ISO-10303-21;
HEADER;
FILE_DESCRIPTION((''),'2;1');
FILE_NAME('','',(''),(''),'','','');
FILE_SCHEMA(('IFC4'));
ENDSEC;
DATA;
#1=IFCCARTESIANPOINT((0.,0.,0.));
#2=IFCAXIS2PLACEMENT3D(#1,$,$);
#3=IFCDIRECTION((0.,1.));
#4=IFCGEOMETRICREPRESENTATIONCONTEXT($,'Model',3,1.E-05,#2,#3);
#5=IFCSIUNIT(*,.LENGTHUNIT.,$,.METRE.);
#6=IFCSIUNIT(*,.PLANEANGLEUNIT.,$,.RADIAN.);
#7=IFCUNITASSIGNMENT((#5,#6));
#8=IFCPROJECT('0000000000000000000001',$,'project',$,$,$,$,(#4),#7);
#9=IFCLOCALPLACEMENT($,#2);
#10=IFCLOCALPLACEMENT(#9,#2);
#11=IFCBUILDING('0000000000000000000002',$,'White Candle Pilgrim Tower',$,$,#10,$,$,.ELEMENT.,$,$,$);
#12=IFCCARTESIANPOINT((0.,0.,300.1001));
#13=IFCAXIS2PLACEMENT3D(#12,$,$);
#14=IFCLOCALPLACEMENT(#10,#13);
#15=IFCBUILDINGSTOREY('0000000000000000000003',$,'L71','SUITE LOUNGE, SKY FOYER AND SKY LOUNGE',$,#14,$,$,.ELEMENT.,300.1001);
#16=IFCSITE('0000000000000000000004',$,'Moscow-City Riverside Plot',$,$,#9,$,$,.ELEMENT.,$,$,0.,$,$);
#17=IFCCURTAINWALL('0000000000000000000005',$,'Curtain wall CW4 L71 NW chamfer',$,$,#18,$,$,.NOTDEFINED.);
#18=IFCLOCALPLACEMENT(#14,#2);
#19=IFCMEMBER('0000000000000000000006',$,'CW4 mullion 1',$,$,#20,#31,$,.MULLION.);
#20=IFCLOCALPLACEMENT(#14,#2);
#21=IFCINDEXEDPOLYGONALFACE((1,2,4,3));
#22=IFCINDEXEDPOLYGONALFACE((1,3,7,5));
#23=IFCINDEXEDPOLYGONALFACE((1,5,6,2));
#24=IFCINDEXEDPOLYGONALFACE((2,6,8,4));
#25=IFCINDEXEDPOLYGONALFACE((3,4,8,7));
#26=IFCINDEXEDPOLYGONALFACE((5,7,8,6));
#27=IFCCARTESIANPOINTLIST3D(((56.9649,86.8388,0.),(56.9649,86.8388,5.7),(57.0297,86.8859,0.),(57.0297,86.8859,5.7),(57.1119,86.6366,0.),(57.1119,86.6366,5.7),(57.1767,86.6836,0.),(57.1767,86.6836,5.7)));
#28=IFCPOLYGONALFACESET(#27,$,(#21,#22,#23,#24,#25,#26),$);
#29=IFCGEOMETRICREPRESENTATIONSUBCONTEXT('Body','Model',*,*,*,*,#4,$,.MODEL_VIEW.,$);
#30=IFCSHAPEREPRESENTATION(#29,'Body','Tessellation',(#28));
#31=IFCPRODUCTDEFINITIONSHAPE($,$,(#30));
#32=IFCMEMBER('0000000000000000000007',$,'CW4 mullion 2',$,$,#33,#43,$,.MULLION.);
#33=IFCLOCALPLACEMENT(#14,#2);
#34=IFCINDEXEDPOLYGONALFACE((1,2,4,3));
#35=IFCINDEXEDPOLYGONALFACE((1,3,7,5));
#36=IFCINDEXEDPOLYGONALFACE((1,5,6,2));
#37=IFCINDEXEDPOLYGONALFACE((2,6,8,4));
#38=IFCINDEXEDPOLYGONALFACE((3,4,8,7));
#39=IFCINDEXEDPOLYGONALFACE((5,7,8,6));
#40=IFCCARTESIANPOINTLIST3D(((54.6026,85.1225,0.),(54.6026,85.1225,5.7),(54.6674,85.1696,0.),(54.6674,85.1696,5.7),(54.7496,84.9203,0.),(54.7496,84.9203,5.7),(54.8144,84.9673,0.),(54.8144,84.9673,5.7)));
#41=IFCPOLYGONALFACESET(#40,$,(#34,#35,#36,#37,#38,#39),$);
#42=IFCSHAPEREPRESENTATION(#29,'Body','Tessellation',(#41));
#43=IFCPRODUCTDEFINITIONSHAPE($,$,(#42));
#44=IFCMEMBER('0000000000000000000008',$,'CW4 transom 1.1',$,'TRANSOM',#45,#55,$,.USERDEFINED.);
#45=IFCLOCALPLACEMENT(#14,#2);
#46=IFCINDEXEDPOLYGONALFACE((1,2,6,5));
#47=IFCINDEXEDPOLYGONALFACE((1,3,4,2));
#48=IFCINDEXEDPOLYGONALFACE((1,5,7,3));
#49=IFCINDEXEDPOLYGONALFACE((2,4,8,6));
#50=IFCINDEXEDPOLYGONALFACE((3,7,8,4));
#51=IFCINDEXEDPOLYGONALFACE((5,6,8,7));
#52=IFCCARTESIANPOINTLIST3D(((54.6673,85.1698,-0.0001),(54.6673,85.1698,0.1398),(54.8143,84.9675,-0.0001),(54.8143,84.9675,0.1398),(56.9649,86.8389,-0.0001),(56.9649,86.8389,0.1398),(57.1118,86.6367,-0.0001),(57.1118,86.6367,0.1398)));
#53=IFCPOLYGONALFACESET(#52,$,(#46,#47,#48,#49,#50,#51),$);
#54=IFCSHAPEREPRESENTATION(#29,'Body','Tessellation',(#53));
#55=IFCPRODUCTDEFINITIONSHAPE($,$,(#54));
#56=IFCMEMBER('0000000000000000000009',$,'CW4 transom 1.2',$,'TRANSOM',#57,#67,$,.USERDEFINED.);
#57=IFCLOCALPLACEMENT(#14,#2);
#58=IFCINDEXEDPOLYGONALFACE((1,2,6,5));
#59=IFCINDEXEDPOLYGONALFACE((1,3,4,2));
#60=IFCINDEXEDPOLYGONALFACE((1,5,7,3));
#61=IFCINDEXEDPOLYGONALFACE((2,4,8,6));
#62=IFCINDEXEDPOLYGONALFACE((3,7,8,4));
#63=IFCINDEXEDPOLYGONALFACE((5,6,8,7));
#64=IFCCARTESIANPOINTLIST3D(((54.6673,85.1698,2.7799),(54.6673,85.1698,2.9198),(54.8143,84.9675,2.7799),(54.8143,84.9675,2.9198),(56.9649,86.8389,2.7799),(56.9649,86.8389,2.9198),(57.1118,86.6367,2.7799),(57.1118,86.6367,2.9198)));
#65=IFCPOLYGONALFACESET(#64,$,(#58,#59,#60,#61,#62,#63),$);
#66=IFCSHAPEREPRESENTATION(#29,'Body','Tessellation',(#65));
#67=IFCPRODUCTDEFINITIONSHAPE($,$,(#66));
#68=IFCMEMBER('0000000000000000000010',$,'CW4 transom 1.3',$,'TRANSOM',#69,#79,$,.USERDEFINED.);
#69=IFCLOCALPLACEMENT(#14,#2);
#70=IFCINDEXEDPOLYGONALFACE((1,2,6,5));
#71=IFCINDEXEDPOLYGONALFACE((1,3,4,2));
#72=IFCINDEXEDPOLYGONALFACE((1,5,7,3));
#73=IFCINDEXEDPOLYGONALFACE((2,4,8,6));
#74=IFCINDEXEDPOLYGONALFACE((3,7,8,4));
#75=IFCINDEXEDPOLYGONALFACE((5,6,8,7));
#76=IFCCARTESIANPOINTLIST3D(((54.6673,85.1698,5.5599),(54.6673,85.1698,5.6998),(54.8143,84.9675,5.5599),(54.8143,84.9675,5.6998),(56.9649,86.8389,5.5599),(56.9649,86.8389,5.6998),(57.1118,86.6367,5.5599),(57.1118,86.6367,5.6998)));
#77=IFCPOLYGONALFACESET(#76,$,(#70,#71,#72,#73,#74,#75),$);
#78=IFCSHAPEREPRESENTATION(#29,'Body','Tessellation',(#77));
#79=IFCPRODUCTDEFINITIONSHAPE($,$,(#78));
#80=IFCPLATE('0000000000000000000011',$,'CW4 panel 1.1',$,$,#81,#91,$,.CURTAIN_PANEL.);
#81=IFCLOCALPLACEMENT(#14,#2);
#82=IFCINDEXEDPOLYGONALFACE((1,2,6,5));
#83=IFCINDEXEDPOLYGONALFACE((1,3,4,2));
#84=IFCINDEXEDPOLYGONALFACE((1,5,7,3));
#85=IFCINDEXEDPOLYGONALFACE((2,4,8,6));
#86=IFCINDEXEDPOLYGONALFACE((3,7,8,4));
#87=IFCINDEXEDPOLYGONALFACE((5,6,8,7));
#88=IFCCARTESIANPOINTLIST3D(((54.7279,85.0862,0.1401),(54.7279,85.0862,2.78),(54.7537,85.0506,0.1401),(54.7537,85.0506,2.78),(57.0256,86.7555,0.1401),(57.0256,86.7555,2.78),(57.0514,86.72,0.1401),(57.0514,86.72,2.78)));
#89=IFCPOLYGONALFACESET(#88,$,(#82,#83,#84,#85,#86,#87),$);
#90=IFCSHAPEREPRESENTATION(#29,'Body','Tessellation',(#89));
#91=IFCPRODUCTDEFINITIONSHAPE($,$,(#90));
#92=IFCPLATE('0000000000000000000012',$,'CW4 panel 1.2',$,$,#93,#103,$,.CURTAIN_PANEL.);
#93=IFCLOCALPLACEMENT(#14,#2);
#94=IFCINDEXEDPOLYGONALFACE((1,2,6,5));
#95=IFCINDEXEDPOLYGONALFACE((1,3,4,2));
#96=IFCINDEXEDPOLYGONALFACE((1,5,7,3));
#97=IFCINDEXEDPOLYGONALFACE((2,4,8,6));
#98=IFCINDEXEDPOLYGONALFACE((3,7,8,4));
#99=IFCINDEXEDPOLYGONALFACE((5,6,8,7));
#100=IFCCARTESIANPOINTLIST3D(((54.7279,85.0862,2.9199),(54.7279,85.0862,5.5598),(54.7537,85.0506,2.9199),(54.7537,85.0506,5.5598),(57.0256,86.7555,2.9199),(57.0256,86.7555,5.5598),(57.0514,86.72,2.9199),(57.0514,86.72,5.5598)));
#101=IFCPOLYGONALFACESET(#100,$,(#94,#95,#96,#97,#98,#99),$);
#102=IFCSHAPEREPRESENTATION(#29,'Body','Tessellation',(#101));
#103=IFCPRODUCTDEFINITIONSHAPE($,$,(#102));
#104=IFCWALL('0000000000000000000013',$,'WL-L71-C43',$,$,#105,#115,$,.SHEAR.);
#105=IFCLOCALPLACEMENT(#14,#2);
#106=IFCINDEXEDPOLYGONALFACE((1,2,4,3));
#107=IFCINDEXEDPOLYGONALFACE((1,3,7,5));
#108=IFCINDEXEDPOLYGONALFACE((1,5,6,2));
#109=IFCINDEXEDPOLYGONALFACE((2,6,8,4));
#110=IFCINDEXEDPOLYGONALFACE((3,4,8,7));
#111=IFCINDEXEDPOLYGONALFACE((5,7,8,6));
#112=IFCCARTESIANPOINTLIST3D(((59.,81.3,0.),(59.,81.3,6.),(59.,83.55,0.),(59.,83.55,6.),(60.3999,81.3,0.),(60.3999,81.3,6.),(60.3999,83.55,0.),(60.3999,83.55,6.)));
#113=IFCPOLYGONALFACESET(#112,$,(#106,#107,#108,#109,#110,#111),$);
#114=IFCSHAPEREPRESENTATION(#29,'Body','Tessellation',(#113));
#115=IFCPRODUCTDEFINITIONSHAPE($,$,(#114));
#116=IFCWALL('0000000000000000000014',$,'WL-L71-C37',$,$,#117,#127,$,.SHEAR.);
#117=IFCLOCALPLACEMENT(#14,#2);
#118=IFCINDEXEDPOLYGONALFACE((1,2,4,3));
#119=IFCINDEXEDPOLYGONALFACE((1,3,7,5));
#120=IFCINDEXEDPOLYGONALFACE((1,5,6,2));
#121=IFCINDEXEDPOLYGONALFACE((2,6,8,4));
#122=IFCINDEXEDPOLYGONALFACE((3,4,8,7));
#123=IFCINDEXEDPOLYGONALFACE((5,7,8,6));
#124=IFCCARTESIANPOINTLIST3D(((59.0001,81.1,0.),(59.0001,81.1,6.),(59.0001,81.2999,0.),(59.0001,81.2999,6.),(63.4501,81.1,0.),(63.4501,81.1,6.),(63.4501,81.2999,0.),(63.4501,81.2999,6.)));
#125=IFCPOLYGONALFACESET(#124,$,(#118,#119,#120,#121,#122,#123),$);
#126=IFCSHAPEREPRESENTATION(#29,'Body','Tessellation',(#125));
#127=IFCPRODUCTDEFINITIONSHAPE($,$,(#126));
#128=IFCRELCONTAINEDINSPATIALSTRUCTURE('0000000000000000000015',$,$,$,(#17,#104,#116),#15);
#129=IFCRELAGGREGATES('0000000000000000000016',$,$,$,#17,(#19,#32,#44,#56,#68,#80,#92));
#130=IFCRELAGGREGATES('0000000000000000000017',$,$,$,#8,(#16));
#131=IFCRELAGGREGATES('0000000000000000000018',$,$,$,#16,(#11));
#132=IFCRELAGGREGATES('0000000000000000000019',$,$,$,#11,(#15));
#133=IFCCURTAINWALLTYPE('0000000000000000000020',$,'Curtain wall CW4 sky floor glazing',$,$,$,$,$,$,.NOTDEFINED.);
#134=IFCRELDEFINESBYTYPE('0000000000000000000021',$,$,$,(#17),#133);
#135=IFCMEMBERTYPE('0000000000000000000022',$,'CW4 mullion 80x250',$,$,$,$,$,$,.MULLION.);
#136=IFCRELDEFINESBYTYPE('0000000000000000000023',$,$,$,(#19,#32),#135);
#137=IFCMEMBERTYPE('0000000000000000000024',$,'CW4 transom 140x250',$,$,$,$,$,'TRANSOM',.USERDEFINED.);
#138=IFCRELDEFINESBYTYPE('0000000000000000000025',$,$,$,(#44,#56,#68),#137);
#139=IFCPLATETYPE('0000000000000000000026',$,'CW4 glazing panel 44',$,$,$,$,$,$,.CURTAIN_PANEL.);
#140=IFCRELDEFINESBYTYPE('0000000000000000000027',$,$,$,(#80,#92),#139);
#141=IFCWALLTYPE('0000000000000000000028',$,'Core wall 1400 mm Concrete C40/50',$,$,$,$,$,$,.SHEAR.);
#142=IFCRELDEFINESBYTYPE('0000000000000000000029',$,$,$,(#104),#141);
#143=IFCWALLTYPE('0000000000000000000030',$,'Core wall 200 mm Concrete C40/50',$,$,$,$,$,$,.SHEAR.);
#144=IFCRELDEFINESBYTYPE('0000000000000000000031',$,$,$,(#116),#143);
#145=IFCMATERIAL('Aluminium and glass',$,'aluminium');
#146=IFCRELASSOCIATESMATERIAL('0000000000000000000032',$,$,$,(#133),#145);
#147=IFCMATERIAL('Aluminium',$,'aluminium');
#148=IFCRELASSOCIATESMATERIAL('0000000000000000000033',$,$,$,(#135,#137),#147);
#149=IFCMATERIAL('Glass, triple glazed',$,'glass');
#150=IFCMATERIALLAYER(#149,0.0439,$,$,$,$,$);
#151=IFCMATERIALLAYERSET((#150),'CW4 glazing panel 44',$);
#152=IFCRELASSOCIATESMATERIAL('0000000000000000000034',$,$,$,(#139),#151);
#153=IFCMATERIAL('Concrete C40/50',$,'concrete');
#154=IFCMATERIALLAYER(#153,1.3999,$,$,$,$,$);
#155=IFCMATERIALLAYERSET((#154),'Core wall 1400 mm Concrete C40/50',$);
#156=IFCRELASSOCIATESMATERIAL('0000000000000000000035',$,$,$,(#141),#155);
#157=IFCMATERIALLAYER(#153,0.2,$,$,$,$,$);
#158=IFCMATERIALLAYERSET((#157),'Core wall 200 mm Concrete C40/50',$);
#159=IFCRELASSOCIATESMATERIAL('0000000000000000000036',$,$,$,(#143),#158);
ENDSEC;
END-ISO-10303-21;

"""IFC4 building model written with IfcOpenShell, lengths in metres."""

from ifc_helpers import new_model, si_unit, direction, frame, frame_2d, origin, origin_2d, place, context, subcontext, project, spatial, rectangle, extrude, material, layer, layer_set, material_profile, profile_set, type_object, element, aggregate, save


model = new_model("IFC4")

# Units and contexts
model_context = context("Model", 3, precision=1e-05, world=origin(), true_north=direction((0.0, 1.0)))
body_context = subcontext(model_context, "Body", "Model", "MODEL_VIEW")
ifc_project = project(units=[si_unit("LENGTHUNIT", "METRE"), si_unit("PLANEANGLEUNIT", "RADIAN")], contexts=[model_context])

# Site, building, storey
site_placement = place(None, origin())
site = spatial("IfcSite", under=ifc_project, at=site_placement, Name="Moscow-City Riverside Plot", CompositionType="ELEMENT", RefElevation=0.0)
building_placement = place(site_placement, origin())
building = spatial("IfcBuilding", under=site, at=building_placement, Name="White Candle Pilgrim Tower", CompositionType="ELEMENT")
storey_placement = place(building_placement, frame((0.0, 0.0, 300.1001)))
storey = spatial("IfcBuildingStorey", under=building, at=storey_placement, Name="L71", Description="SUITE LOUNGE, SKY FOYER AND SKY LOUNGE", CompositionType="ELEMENT", Elevation=300.1001)

# Curtain wall, members, plates
ifc_material_1 = material(Name="Aluminium and glass", Category="aluminium")
curtain_wall_type = type_object("IfcCurtainWallType", Name="Curtain wall CW4 sky floor glazing", PredefinedType="NOTDEFINED", material=ifc_material_1)
curtain_wall_placement = place(storey_placement, origin())
curtain_wall = element("IfcCurtainWall", 1, at=curtain_wall_placement, inside=storey, type_object=curtain_wall_type, Name="Curtain wall CW4 L71 NW chamfer", PredefinedType="NOTDEFINED")
ifc_material_2 = material(Name="Aluminium", Category="aluminium")
ifc_material_profile_1 = material_profile(ifc_material_2, rectangle(XDim=0.25, YDim=0.0801, at=origin_2d()), Name="CW4 mullion 80x250")
ifc_profile_set_1 = profile_set([ifc_material_profile_1], Name="Aluminium")
member_type_1 = type_object("IfcMemberType", Name="CW4 mullion 80x250", PredefinedType="MULLION", material=ifc_profile_set_1)
member_1_placement = place(storey_placement, frame((57.0708, 86.7612, 0.0), z_axis=(0.0, 0.0, 1.0), x_axis=(0.587785, -0.809017, 0.0)))
member_1 = element("IfcMember", 2, at=member_1_placement, type_object=member_type_1, Name="CW4 mullion 1", PredefinedType="MULLION", context=body_context, shape_type="SweptSolid", body=[
    extrude(rectangle(XDim=0.25, YDim=0.0801, at=origin_2d()), origin(), (0.0, 0.0, 1.0), 5.7),
])
member_2_placement = place(storey_placement, frame((54.7085, 85.0449, 0.0), z_axis=(0.0, 0.0, 1.0), x_axis=(0.587785, -0.809017, 0.0)))
member_2 = element("IfcMember", 3, at=member_2_placement, type_object=member_type_1, Name="CW4 mullion 2", PredefinedType="MULLION", context=body_context, shape_type="SweptSolid", body=[
    extrude(rectangle(XDim=0.25, YDim=0.0801, at=origin_2d()), origin(), (0.0, 0.0, 1.0), 5.7),
])
ifc_material_profile_2 = material_profile(ifc_material_2, rectangle(XDim=0.25, YDim=0.1399, at=origin_2d()), Name="CW4 transom 140x250")
ifc_profile_set_2 = profile_set([ifc_material_profile_2], Name="Aluminium")
member_type_2 = type_object("IfcMemberType", Name="CW4 transom 140x250", ElementType="TRANSOM", PredefinedType="USERDEFINED", material=ifc_profile_set_2)
member_3_placement = place(storey_placement, frame((57.0383, 86.7378, 0.0698), z_axis=(-0.809037, -0.587758, 0.0), x_axis=(0.587758, -0.809037, 0.0)))
member_3 = element("IfcMember", 4, at=member_3_placement, type_object=member_type_2, Name="CW4 transom 1.1", ObjectType="TRANSOM", PredefinedType="USERDEFINED", context=body_context, shape_type="SweptSolid", body=[
    extrude(rectangle(XDim=0.25, YDim=0.1399, at=origin_2d()), origin(), (0.0, 0.0, 1.0), 2.8398),
])
member_4_placement = place(storey_placement, frame((57.0383, 86.7378, 2.8499), z_axis=(-0.809037, -0.587758, 0.0), x_axis=(0.587758, -0.809037, 0.0)))
member_4 = element("IfcMember", 5, at=member_4_placement, type_object=member_type_2, Name="CW4 transom 1.2", ObjectType="TRANSOM", PredefinedType="USERDEFINED", context=body_context, shape_type="SweptSolid", body=[
    extrude(rectangle(XDim=0.25, YDim=0.1399, at=origin_2d()), origin(), (0.0, 0.0, 1.0), 2.8398),
])
member_5_placement = place(storey_placement, frame((57.0383, 86.7378, 5.6299), z_axis=(-0.809037, -0.587758, 0.0), x_axis=(0.587758, -0.809037, 0.0)))
member_5 = element("IfcMember", 6, at=member_5_placement, type_object=member_type_2, Name="CW4 transom 1.3", ObjectType="TRANSOM", PredefinedType="USERDEFINED", context=body_context, shape_type="SweptSolid", body=[
    extrude(rectangle(XDim=0.25, YDim=0.1399, at=origin_2d()), origin(), (0.0, 0.0, 1.0), 2.8398),
])
ifc_material_3 = material(Name="Glass, triple glazed", Category="glass")
ifc_layer_1 = layer(ifc_material_3, 0.0439)
ifc_layer_set_1 = layer_set([ifc_layer_1], Name="CW4 glazing panel 44")
plate_type = type_object("IfcPlateType", Name="CW4 glazing panel 44", PredefinedType="CURTAIN_PANEL", material=ifc_layer_set_1)
plate_1_placement = place(storey_placement, frame((55.8896, 85.9031, 0.1401), z_axis=(0.0, 0.0, 1.0), x_axis=(-0.809017, -0.587785, 0.0)))
plate_1 = element("IfcPlate", 7, at=plate_1_placement, type_object=plate_type, Name="CW4 panel 1.1", PredefinedType="CURTAIN_PANEL", context=body_context, shape_type="SweptSolid", body=[
    extrude(rectangle(XDim=2.8401, YDim=0.0439, at=origin_2d()), origin(), (0.0, 0.0, 1.0), 2.6399),
])
plate_2_placement = place(storey_placement, frame((55.8896, 85.9031, 2.9199), z_axis=(0.0, 0.0, 1.0), x_axis=(-0.809017, -0.587785, 0.0)))
plate_2 = element("IfcPlate", 8, at=plate_2_placement, type_object=plate_type, Name="CW4 panel 1.2", PredefinedType="CURTAIN_PANEL", context=body_context, shape_type="SweptSolid", body=[
    extrude(rectangle(XDim=2.8401, YDim=0.0439, at=origin_2d()), origin(), (0.0, 0.0, 1.0), 2.6399),
])
aggregate(curtain_wall, [member_1, member_2, member_3, member_4, member_5, plate_1, plate_2])

# Walls
ifc_material_4 = material(Name="Concrete C40/50", Category="concrete")
ifc_layer_2 = layer(ifc_material_4, 1.3999)
ifc_layer_set_2 = layer_set([ifc_layer_2], Name="Core wall 1400 mm Concrete C40/50")
wall_type_1 = type_object("IfcWallType", Name="Core wall 1400 mm Concrete C40/50", PredefinedType="SHEAR", material=ifc_layer_set_2)
wall_1_placement = place(storey_placement, frame((59.7, 81.3, 0.0), z_axis=(0.0, 0.0, 1.0), x_axis=(0.0, 1.0, 0.0)))
element("IfcWall", 9, at=wall_1_placement, inside=storey, type_object=wall_type_1, Name="WL-L71-C43", PredefinedType="SHEAR", context=body_context, shape_type="SweptSolid", body=[
    extrude(rectangle(XDim=2.25, YDim=1.3999, at=frame_2d((1.125, 0.0))), origin(), (0.0, 0.0, 1.0), 6.0),
])
ifc_layer_3 = layer(ifc_material_4, 0.2)
ifc_layer_set_3 = layer_set([ifc_layer_3], Name="Core wall 200 mm Concrete C40/50")
wall_type_2 = type_object("IfcWallType", Name="Core wall 200 mm Concrete C40/50", PredefinedType="SHEAR", material=ifc_layer_set_3)
wall_2_placement = place(storey_placement, frame((59.0, 81.2, 0.0), z_axis=(0.0, 0.0, 1.0), x_axis=(1.0, 0.0, 0.0)))
element("IfcWall", 10, at=wall_2_placement, inside=storey, type_object=wall_type_2, Name="WL-L71-C37", PredefinedType="SHEAR", context=body_context, shape_type="SweptSolid", body=[
    extrude(rectangle(XDim=4.45, YDim=0.2, at=frame_2d((2.2251, 0.0))), origin(), (0.0, 0.0, 1.0), 6.0),
])

save(model, "model.ifc")
